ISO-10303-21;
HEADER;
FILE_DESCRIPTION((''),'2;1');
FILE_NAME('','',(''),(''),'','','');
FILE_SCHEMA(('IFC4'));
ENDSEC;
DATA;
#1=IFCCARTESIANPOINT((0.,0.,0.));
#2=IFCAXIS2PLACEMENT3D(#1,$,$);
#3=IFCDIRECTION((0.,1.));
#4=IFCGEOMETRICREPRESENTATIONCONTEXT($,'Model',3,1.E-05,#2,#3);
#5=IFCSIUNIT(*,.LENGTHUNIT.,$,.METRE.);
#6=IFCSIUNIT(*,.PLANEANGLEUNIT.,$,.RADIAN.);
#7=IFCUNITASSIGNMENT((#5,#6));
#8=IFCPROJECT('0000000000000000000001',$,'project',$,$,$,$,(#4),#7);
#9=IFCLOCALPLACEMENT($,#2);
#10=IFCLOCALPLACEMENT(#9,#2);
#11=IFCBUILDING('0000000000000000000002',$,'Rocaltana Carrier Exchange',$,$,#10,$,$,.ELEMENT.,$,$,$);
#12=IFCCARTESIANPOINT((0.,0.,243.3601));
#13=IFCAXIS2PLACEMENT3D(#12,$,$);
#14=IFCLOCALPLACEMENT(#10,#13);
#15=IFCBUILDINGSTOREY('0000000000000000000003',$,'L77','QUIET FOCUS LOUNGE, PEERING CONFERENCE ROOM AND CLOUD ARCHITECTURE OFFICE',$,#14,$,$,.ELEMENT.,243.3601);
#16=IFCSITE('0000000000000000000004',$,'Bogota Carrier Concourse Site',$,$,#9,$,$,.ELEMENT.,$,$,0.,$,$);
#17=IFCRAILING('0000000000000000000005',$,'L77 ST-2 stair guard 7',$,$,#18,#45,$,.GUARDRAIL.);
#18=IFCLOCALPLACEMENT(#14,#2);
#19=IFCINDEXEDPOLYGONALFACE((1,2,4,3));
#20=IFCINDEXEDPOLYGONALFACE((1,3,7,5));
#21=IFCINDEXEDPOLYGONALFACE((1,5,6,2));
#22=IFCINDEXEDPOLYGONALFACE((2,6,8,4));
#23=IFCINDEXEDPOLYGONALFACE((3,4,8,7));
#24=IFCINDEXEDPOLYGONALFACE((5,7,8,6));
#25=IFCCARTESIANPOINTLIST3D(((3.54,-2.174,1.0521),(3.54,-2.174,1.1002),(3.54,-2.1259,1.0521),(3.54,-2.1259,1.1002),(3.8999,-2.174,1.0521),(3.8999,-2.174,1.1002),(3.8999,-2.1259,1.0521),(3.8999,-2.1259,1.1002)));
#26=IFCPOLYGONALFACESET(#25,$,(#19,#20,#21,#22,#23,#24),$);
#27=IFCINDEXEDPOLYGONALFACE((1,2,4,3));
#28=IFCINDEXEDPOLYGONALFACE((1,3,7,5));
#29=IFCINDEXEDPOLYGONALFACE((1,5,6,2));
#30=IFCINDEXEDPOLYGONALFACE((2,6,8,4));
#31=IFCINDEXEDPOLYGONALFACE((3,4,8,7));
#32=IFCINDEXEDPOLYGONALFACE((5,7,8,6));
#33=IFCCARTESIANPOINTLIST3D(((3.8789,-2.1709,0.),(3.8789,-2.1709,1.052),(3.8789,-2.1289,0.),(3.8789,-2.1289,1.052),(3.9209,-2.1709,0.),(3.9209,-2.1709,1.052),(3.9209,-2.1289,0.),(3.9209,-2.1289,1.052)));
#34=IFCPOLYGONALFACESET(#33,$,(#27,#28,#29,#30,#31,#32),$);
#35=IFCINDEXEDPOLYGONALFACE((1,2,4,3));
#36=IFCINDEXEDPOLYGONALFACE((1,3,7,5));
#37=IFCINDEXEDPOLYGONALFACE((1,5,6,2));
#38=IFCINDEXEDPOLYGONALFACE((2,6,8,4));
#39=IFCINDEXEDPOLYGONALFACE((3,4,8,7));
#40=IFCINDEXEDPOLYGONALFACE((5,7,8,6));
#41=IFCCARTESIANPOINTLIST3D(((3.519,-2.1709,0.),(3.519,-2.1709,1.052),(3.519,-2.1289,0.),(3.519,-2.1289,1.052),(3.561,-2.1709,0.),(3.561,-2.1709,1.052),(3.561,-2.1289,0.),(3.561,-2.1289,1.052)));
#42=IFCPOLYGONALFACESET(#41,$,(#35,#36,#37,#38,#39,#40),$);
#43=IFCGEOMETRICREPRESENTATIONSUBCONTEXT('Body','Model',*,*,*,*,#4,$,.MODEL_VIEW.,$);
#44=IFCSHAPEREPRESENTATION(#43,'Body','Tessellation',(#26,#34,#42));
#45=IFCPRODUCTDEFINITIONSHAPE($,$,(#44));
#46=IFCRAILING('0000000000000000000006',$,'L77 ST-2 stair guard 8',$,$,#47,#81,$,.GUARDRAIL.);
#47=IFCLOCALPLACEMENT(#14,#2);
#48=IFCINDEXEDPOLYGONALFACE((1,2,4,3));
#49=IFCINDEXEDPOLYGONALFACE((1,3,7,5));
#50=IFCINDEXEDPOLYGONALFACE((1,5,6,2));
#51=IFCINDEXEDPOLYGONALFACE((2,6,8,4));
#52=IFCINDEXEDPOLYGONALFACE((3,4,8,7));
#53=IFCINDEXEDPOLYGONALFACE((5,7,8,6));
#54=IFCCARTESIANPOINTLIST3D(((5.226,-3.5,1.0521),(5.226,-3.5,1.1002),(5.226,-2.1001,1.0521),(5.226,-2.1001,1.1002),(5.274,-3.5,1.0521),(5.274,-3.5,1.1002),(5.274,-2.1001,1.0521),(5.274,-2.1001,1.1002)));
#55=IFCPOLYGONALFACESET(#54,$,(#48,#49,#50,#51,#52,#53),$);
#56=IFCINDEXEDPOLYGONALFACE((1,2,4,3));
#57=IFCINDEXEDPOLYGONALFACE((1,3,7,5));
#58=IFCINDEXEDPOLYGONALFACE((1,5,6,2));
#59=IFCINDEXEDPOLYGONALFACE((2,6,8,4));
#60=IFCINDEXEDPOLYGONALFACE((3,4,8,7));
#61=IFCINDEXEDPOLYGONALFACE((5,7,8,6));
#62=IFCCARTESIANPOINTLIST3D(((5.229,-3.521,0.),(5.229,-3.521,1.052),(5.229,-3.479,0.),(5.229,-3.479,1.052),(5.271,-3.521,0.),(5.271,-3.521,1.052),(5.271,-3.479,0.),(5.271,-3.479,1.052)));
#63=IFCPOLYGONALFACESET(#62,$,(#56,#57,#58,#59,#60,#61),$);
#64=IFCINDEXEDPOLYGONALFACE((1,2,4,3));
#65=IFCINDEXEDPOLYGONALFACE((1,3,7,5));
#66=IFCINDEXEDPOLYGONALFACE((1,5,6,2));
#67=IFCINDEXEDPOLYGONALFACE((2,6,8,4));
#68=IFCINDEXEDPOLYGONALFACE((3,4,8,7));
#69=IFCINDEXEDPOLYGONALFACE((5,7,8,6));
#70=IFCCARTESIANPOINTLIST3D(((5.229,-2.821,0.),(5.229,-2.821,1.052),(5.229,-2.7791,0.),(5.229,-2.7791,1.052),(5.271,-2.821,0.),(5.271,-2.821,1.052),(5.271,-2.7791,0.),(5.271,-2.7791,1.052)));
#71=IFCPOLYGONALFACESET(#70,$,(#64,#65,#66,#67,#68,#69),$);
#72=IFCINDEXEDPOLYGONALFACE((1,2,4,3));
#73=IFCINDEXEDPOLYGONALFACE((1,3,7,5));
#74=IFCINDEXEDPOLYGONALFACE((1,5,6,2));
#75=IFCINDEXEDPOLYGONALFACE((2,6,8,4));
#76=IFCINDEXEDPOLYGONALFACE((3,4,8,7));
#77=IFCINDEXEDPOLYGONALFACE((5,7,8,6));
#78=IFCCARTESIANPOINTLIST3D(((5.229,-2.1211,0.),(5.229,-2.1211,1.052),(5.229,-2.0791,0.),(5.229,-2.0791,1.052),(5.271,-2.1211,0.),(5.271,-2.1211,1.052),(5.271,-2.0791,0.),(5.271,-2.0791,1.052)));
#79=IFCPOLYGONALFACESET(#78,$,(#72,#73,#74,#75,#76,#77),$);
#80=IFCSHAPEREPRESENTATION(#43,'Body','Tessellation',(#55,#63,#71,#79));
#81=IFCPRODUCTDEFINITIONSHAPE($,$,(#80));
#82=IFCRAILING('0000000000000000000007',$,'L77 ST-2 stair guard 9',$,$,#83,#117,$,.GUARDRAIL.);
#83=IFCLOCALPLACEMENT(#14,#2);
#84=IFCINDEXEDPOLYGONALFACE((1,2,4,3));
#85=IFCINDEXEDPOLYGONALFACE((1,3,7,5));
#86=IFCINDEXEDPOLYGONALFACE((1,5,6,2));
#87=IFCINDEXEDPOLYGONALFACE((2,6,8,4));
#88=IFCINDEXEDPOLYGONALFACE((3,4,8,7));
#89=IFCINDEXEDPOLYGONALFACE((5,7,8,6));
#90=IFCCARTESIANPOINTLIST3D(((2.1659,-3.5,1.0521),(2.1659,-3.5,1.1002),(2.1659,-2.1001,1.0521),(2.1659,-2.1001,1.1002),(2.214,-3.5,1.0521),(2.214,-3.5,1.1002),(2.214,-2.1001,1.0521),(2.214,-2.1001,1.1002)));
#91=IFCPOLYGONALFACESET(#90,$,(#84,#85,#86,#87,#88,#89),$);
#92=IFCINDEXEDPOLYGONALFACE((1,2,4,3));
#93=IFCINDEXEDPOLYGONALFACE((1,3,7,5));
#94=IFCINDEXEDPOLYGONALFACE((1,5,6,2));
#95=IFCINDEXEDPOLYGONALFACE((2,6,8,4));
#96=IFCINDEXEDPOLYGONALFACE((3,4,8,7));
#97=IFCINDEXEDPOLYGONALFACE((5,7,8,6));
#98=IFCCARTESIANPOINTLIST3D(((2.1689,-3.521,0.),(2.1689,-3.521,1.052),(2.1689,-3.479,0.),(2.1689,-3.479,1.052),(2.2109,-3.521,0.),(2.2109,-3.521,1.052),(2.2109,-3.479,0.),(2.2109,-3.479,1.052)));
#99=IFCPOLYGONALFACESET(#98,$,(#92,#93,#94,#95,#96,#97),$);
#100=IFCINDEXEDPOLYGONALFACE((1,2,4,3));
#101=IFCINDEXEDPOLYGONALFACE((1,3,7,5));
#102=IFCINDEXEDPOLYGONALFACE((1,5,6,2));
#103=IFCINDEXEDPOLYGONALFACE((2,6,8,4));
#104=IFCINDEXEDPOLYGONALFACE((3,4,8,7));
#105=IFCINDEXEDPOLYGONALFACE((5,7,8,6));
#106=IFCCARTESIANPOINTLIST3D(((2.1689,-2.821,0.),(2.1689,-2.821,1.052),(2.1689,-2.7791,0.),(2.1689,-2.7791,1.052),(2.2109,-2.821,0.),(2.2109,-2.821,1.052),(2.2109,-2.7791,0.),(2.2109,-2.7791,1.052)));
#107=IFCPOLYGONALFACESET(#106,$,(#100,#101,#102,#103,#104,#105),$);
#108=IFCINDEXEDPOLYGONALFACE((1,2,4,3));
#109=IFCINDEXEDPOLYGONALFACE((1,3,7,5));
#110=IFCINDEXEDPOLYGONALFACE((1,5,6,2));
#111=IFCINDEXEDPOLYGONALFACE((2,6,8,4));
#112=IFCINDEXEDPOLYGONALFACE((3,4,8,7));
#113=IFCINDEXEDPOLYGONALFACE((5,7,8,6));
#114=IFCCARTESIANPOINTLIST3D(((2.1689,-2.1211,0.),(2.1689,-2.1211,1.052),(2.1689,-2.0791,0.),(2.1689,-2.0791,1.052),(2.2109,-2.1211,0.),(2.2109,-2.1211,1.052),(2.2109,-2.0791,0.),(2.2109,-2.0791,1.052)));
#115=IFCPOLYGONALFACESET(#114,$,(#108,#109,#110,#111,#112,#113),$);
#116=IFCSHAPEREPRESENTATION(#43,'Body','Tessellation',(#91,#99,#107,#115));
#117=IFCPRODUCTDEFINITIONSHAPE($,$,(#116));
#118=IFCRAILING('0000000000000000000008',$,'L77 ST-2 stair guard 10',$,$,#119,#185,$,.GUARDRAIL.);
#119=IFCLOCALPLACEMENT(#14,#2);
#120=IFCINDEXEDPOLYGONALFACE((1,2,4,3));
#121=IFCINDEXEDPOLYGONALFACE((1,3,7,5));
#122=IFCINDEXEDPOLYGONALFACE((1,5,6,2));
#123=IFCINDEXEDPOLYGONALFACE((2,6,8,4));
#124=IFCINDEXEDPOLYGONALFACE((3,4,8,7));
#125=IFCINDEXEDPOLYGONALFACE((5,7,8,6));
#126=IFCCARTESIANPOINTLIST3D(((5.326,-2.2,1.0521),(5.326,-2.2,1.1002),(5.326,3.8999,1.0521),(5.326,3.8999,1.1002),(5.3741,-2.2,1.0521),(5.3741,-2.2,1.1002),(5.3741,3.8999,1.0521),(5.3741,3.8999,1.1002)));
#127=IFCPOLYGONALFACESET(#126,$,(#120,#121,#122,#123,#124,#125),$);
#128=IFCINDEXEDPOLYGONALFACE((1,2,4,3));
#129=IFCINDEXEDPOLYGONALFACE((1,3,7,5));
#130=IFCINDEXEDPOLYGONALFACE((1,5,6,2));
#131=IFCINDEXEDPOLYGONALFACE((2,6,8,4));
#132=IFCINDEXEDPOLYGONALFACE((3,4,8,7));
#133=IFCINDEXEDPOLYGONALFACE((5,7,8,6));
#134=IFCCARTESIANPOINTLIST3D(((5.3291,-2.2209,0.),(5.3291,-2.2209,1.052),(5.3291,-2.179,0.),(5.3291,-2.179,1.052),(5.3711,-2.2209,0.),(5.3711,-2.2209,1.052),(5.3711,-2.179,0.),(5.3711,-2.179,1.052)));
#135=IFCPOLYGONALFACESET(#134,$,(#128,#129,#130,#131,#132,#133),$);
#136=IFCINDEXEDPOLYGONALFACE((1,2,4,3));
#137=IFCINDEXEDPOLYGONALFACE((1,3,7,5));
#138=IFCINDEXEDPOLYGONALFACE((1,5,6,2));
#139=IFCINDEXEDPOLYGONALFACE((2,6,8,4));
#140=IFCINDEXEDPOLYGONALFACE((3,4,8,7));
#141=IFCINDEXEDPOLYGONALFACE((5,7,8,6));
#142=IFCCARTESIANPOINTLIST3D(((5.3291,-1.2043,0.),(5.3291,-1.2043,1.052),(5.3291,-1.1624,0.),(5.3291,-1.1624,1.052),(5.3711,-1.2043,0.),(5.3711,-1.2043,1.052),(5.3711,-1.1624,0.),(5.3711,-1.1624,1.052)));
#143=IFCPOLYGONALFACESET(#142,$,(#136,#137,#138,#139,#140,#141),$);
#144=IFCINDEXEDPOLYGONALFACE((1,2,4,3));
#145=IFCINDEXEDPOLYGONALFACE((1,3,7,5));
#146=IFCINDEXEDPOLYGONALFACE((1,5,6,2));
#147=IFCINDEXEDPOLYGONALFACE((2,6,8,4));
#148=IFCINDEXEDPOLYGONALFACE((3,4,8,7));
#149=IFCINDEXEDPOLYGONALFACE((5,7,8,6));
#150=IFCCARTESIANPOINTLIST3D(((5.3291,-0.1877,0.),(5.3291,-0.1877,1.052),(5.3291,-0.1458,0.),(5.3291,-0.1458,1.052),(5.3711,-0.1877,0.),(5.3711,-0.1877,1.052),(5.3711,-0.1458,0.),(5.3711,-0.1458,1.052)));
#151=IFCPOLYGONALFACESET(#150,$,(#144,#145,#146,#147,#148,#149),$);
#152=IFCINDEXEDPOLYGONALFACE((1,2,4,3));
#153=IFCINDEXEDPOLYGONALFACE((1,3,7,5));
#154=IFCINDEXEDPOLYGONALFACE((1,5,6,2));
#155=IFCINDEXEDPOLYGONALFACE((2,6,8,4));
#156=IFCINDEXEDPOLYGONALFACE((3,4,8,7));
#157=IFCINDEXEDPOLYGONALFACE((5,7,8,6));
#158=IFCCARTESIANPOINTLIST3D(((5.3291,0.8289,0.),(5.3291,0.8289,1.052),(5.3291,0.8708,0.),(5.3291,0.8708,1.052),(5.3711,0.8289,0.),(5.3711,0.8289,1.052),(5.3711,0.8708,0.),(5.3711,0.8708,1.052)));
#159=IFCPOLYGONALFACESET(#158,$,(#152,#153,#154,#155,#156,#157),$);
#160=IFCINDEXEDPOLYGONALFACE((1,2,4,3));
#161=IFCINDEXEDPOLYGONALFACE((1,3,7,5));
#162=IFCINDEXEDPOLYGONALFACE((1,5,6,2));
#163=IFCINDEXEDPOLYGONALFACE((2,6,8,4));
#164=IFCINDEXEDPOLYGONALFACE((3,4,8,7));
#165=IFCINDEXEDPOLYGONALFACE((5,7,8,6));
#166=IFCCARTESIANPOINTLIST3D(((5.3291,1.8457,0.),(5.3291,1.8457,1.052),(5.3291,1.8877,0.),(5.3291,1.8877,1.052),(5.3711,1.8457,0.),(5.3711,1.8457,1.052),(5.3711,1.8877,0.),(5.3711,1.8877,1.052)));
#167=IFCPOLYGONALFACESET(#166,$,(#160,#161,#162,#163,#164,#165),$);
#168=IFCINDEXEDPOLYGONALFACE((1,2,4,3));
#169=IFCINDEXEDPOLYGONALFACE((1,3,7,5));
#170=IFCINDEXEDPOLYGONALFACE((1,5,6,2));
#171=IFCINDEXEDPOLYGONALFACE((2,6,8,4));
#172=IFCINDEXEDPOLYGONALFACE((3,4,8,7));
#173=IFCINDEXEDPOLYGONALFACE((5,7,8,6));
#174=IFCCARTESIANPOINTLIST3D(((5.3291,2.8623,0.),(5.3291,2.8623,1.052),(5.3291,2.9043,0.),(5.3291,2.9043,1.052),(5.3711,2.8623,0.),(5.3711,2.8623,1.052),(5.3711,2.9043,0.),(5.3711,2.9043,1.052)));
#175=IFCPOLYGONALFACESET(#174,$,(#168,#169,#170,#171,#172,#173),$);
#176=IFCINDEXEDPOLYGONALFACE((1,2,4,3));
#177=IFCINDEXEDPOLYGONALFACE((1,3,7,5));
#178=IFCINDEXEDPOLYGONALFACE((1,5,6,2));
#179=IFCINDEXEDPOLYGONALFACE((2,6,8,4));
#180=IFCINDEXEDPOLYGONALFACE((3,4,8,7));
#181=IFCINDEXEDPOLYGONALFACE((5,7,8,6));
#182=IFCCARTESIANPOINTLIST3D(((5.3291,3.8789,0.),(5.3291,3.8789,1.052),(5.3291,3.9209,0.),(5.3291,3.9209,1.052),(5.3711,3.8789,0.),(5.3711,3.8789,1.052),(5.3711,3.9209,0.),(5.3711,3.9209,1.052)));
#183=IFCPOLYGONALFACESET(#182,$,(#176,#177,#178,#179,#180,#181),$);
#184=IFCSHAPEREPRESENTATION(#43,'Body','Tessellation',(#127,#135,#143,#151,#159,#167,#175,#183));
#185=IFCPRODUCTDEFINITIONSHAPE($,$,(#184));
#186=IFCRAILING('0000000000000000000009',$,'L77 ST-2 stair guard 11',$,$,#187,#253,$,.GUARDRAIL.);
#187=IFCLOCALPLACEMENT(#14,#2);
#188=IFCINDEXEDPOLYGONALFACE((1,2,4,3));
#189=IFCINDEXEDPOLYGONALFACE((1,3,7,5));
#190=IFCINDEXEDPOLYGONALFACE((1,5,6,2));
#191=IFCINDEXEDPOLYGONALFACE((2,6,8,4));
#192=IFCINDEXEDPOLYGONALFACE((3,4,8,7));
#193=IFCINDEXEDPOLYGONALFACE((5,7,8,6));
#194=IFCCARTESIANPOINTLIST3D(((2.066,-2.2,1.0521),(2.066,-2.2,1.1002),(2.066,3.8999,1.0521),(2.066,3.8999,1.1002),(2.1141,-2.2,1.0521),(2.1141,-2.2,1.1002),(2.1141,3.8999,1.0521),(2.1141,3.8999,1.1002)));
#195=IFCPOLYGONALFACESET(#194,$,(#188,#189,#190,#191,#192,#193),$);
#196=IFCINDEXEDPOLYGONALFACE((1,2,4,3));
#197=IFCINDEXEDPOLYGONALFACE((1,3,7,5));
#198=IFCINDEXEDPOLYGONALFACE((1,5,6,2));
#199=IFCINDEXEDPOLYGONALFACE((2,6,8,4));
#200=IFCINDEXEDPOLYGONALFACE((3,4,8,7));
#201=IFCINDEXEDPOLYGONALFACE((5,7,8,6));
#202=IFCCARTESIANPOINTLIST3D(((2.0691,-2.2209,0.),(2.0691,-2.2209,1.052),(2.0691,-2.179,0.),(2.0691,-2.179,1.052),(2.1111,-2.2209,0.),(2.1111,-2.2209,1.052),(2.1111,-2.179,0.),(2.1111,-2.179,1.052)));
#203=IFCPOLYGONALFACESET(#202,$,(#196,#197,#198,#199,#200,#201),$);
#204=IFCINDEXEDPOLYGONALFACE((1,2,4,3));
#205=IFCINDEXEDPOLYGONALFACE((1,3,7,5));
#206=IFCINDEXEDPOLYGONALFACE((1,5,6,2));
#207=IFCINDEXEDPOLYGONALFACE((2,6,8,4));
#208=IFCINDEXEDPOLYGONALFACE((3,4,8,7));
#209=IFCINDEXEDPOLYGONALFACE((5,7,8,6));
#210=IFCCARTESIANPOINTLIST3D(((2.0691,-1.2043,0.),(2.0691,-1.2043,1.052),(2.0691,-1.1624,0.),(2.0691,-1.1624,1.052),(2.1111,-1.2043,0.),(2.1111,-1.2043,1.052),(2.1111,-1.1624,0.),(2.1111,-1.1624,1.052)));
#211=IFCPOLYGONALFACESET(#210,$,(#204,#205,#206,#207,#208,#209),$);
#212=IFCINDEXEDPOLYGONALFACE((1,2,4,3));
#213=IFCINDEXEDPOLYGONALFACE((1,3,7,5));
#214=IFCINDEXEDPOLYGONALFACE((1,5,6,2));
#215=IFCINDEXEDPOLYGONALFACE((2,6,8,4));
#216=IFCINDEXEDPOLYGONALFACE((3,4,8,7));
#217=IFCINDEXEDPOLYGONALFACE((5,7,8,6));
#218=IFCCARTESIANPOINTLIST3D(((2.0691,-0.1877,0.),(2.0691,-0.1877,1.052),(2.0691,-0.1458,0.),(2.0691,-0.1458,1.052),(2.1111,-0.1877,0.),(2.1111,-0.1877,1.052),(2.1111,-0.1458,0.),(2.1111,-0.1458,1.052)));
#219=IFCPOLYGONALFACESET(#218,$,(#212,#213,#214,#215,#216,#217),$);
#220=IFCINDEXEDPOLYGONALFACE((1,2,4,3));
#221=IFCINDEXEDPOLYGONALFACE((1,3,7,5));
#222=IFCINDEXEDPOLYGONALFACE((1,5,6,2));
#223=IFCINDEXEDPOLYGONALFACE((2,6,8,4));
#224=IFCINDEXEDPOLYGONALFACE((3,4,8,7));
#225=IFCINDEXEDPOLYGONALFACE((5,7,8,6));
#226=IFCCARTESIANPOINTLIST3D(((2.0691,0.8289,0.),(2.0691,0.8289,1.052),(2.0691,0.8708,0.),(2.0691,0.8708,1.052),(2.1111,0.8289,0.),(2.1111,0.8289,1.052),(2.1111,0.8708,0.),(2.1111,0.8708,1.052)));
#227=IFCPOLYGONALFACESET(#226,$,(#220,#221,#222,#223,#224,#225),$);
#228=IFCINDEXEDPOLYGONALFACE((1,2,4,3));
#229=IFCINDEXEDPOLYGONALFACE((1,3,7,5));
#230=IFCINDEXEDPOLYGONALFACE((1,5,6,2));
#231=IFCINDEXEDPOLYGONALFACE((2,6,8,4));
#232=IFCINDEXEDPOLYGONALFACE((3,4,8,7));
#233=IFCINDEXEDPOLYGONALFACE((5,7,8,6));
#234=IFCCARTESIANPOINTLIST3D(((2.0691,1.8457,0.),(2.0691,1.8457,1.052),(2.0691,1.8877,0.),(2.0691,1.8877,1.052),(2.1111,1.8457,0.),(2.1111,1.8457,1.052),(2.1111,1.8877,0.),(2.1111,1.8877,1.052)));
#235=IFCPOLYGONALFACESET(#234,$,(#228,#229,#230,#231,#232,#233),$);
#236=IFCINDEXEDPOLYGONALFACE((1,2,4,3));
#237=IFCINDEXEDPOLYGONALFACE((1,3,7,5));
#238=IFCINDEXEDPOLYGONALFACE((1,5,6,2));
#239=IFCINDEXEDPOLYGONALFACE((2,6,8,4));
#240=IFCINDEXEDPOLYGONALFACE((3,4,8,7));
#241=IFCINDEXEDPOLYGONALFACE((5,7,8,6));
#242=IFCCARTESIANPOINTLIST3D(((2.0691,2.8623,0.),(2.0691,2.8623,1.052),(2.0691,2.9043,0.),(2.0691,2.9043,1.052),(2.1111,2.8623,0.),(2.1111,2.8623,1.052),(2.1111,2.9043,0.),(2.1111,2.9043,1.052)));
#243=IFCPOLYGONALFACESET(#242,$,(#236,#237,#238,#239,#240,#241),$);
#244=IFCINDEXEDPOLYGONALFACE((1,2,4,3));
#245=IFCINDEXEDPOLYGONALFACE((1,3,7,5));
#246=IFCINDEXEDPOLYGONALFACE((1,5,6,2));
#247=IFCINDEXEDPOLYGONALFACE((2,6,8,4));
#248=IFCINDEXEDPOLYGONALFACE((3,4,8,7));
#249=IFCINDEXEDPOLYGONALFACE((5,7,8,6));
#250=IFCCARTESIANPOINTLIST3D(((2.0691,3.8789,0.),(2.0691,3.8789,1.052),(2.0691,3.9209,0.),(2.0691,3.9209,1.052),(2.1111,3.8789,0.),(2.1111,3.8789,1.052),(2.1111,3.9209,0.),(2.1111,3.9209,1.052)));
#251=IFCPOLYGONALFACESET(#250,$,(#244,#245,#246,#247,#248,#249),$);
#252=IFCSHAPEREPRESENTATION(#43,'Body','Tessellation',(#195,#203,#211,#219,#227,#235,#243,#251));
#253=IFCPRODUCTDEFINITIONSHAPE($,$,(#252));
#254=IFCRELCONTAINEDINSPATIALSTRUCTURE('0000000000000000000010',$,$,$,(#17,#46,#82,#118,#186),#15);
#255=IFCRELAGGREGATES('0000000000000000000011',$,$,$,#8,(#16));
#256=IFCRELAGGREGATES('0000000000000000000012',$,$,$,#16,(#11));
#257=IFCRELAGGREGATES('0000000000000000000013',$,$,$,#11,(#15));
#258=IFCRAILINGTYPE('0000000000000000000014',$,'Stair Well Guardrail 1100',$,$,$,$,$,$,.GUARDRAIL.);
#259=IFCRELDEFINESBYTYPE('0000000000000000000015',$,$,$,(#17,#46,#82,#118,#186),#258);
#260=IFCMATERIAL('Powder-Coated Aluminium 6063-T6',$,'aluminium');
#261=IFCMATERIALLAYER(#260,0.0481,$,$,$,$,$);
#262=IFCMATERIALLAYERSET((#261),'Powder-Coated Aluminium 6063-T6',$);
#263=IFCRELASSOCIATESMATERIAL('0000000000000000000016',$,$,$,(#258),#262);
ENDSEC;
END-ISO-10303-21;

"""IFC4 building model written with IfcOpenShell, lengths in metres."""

from ifc_helpers import new_model, si_unit, direction, frame, origin, origin_2d, place, context, subcontext, project, spatial, rectangle, extrude, material, layer, layer_set, type_object, element, save


model = new_model("IFC4")

# Units and contexts
model_context = context("Model", 3, precision=1e-05, world=origin(), true_north=direction((0.0, 1.0)))
body_context = subcontext(model_context, "Body", "Model", "MODEL_VIEW")
ifc_project = project(units=[si_unit("LENGTHUNIT", "METRE"), si_unit("PLANEANGLEUNIT", "RADIAN")], contexts=[model_context])

# Site, building, storey
site_placement = place(None, origin())
site = spatial("IfcSite", under=ifc_project, at=site_placement, Name="Bogota Carrier Concourse Site", CompositionType="ELEMENT", RefElevation=0.0)
building_placement = place(site_placement, origin())
building = spatial("IfcBuilding", under=site, at=building_placement, Name="Rocaltana Carrier Exchange", CompositionType="ELEMENT")
storey_placement = place(building_placement, frame((0.0, 0.0, 243.3601)))
storey = spatial("IfcBuildingStorey", under=building, at=storey_placement, Name="L77", Description="QUIET FOCUS LOUNGE, PEERING CONFERENCE ROOM AND CLOUD ARCHITECTURE OFFICE", CompositionType="ELEMENT", Elevation=243.3601)

# Railings
ifc_material_1 = material(Name="Powder-Coated Aluminium 6063-T6", Category="aluminium")
ifc_layer_1 = layer(ifc_material_1, 0.0481)
ifc_layer_set_1 = layer_set([ifc_layer_1], Name="Powder-Coated Aluminium 6063-T6")
railing_type_1 = type_object("IfcRailingType", Name="Stair Well Guardrail 1100", PredefinedType="GUARDRAIL", material=ifc_layer_set_1)
railing_1_placement = place(storey_placement, frame((3.8999, -2.1499, 0.0)))
element("IfcRailing", 1, at=railing_1_placement, inside=storey, type_object=railing_type_1, Name="L77 ST-2 stair guard 7", PredefinedType="GUARDRAIL", context=body_context, shape_type="SweptSolid", body=[
    extrude(rectangle(XDim=0.0481, YDim=0.0481, at=origin_2d()), frame((0.0, 0.0, 1.0762), z_axis=(-1.0, 0.0, 0.0), x_axis=(0.0, -1.0, 0.0)), (0.0, 0.0, 1.0), 0.3599),
    extrude(rectangle(XDim=0.042, YDim=0.042, at=origin_2d()), origin(), (0.0, 0.0, 1.0), 1.052),
    extrude(rectangle(XDim=0.042, YDim=0.042, at=origin_2d()), frame((-0.3599, 0.0, 0.0)), (0.0, 0.0, 1.0), 1.052),
])
for number, where, name in (
    (2, (5.25, -3.5, 0.0), "L77 ST-2 stair guard 8"),
    (3, (2.1899, -3.5, 0.0), "L77 ST-2 stair guard 9"),
):
    element("IfcRailing", number, at=place(storey_placement, frame(where)), inside=storey, type_object=railing_type_1, Name=name, PredefinedType="GUARDRAIL", context=body_context, shape_type="SweptSolid", body=[
        extrude(rectangle(XDim=0.0481, YDim=0.0481, at=origin_2d()), frame((0.0, 0.0, 1.0762), z_axis=(0.0, 1.0, 0.0), x_axis=(-1.0, 0.0, 0.0)), (0.0, 0.0, 1.0), 1.3999),
        extrude(rectangle(XDim=0.042, YDim=0.042, at=origin_2d()), origin(), (0.0, 0.0, 1.0), 1.052),
        extrude(rectangle(XDim=0.042, YDim=0.042, at=origin_2d()), frame((0.0, 0.7, 0.0)), (0.0, 0.0, 1.0), 1.052),
        extrude(rectangle(XDim=0.042, YDim=0.042, at=origin_2d()), frame((0.0, 1.3999, 0.0)), (0.0, 0.0, 1.0), 1.052),
    ])
for number, where, name in (
    (4, (5.3501, -2.2, 0.0), "L77 ST-2 stair guard 10"),
    (5, (2.0901, -2.2, 0.0), "L77 ST-2 stair guard 11"),
):
    element("IfcRailing", number, at=place(storey_placement, frame(where)), inside=storey, type_object=railing_type_1, Name=name, PredefinedType="GUARDRAIL", context=body_context, shape_type="SweptSolid", body=[
        extrude(rectangle(XDim=0.0481, YDim=0.0481, at=origin_2d()), frame((0.0, 0.0, 1.0762), z_axis=(0.0, 1.0, 0.0), x_axis=(-1.0, 0.0, 0.0)), (0.0, 0.0, 1.0), 6.0999),
        extrude(rectangle(XDim=0.042, YDim=0.042, at=origin_2d()), origin(), (0.0, 0.0, 1.0), 1.052),
        extrude(rectangle(XDim=0.042, YDim=0.042, at=origin_2d()), frame((0.0, 1.0166, 0.0)), (0.0, 0.0, 1.0), 1.052),
        extrude(rectangle(XDim=0.042, YDim=0.042, at=origin_2d()), frame((0.0, 2.0332, 0.0)), (0.0, 0.0, 1.0), 1.052),
        extrude(rectangle(XDim=0.042, YDim=0.042, at=origin_2d()), frame((0.0, 3.0498, 0.0)), (0.0, 0.0, 1.0), 1.052),
        extrude(rectangle(XDim=0.042, YDim=0.042, at=origin_2d()), frame((0.0, 4.0667, 0.0)), (0.0, 0.0, 1.0), 1.052),
        extrude(rectangle(XDim=0.042, YDim=0.042, at=origin_2d()), frame((0.0, 5.0833, 0.0)), (0.0, 0.0, 1.0), 1.052),
        extrude(rectangle(XDim=0.042, YDim=0.042, at=origin_2d()), frame((0.0, 6.0999, 0.0)), (0.0, 0.0, 1.0), 1.052),
    ])

save(model, "model.ifc")
